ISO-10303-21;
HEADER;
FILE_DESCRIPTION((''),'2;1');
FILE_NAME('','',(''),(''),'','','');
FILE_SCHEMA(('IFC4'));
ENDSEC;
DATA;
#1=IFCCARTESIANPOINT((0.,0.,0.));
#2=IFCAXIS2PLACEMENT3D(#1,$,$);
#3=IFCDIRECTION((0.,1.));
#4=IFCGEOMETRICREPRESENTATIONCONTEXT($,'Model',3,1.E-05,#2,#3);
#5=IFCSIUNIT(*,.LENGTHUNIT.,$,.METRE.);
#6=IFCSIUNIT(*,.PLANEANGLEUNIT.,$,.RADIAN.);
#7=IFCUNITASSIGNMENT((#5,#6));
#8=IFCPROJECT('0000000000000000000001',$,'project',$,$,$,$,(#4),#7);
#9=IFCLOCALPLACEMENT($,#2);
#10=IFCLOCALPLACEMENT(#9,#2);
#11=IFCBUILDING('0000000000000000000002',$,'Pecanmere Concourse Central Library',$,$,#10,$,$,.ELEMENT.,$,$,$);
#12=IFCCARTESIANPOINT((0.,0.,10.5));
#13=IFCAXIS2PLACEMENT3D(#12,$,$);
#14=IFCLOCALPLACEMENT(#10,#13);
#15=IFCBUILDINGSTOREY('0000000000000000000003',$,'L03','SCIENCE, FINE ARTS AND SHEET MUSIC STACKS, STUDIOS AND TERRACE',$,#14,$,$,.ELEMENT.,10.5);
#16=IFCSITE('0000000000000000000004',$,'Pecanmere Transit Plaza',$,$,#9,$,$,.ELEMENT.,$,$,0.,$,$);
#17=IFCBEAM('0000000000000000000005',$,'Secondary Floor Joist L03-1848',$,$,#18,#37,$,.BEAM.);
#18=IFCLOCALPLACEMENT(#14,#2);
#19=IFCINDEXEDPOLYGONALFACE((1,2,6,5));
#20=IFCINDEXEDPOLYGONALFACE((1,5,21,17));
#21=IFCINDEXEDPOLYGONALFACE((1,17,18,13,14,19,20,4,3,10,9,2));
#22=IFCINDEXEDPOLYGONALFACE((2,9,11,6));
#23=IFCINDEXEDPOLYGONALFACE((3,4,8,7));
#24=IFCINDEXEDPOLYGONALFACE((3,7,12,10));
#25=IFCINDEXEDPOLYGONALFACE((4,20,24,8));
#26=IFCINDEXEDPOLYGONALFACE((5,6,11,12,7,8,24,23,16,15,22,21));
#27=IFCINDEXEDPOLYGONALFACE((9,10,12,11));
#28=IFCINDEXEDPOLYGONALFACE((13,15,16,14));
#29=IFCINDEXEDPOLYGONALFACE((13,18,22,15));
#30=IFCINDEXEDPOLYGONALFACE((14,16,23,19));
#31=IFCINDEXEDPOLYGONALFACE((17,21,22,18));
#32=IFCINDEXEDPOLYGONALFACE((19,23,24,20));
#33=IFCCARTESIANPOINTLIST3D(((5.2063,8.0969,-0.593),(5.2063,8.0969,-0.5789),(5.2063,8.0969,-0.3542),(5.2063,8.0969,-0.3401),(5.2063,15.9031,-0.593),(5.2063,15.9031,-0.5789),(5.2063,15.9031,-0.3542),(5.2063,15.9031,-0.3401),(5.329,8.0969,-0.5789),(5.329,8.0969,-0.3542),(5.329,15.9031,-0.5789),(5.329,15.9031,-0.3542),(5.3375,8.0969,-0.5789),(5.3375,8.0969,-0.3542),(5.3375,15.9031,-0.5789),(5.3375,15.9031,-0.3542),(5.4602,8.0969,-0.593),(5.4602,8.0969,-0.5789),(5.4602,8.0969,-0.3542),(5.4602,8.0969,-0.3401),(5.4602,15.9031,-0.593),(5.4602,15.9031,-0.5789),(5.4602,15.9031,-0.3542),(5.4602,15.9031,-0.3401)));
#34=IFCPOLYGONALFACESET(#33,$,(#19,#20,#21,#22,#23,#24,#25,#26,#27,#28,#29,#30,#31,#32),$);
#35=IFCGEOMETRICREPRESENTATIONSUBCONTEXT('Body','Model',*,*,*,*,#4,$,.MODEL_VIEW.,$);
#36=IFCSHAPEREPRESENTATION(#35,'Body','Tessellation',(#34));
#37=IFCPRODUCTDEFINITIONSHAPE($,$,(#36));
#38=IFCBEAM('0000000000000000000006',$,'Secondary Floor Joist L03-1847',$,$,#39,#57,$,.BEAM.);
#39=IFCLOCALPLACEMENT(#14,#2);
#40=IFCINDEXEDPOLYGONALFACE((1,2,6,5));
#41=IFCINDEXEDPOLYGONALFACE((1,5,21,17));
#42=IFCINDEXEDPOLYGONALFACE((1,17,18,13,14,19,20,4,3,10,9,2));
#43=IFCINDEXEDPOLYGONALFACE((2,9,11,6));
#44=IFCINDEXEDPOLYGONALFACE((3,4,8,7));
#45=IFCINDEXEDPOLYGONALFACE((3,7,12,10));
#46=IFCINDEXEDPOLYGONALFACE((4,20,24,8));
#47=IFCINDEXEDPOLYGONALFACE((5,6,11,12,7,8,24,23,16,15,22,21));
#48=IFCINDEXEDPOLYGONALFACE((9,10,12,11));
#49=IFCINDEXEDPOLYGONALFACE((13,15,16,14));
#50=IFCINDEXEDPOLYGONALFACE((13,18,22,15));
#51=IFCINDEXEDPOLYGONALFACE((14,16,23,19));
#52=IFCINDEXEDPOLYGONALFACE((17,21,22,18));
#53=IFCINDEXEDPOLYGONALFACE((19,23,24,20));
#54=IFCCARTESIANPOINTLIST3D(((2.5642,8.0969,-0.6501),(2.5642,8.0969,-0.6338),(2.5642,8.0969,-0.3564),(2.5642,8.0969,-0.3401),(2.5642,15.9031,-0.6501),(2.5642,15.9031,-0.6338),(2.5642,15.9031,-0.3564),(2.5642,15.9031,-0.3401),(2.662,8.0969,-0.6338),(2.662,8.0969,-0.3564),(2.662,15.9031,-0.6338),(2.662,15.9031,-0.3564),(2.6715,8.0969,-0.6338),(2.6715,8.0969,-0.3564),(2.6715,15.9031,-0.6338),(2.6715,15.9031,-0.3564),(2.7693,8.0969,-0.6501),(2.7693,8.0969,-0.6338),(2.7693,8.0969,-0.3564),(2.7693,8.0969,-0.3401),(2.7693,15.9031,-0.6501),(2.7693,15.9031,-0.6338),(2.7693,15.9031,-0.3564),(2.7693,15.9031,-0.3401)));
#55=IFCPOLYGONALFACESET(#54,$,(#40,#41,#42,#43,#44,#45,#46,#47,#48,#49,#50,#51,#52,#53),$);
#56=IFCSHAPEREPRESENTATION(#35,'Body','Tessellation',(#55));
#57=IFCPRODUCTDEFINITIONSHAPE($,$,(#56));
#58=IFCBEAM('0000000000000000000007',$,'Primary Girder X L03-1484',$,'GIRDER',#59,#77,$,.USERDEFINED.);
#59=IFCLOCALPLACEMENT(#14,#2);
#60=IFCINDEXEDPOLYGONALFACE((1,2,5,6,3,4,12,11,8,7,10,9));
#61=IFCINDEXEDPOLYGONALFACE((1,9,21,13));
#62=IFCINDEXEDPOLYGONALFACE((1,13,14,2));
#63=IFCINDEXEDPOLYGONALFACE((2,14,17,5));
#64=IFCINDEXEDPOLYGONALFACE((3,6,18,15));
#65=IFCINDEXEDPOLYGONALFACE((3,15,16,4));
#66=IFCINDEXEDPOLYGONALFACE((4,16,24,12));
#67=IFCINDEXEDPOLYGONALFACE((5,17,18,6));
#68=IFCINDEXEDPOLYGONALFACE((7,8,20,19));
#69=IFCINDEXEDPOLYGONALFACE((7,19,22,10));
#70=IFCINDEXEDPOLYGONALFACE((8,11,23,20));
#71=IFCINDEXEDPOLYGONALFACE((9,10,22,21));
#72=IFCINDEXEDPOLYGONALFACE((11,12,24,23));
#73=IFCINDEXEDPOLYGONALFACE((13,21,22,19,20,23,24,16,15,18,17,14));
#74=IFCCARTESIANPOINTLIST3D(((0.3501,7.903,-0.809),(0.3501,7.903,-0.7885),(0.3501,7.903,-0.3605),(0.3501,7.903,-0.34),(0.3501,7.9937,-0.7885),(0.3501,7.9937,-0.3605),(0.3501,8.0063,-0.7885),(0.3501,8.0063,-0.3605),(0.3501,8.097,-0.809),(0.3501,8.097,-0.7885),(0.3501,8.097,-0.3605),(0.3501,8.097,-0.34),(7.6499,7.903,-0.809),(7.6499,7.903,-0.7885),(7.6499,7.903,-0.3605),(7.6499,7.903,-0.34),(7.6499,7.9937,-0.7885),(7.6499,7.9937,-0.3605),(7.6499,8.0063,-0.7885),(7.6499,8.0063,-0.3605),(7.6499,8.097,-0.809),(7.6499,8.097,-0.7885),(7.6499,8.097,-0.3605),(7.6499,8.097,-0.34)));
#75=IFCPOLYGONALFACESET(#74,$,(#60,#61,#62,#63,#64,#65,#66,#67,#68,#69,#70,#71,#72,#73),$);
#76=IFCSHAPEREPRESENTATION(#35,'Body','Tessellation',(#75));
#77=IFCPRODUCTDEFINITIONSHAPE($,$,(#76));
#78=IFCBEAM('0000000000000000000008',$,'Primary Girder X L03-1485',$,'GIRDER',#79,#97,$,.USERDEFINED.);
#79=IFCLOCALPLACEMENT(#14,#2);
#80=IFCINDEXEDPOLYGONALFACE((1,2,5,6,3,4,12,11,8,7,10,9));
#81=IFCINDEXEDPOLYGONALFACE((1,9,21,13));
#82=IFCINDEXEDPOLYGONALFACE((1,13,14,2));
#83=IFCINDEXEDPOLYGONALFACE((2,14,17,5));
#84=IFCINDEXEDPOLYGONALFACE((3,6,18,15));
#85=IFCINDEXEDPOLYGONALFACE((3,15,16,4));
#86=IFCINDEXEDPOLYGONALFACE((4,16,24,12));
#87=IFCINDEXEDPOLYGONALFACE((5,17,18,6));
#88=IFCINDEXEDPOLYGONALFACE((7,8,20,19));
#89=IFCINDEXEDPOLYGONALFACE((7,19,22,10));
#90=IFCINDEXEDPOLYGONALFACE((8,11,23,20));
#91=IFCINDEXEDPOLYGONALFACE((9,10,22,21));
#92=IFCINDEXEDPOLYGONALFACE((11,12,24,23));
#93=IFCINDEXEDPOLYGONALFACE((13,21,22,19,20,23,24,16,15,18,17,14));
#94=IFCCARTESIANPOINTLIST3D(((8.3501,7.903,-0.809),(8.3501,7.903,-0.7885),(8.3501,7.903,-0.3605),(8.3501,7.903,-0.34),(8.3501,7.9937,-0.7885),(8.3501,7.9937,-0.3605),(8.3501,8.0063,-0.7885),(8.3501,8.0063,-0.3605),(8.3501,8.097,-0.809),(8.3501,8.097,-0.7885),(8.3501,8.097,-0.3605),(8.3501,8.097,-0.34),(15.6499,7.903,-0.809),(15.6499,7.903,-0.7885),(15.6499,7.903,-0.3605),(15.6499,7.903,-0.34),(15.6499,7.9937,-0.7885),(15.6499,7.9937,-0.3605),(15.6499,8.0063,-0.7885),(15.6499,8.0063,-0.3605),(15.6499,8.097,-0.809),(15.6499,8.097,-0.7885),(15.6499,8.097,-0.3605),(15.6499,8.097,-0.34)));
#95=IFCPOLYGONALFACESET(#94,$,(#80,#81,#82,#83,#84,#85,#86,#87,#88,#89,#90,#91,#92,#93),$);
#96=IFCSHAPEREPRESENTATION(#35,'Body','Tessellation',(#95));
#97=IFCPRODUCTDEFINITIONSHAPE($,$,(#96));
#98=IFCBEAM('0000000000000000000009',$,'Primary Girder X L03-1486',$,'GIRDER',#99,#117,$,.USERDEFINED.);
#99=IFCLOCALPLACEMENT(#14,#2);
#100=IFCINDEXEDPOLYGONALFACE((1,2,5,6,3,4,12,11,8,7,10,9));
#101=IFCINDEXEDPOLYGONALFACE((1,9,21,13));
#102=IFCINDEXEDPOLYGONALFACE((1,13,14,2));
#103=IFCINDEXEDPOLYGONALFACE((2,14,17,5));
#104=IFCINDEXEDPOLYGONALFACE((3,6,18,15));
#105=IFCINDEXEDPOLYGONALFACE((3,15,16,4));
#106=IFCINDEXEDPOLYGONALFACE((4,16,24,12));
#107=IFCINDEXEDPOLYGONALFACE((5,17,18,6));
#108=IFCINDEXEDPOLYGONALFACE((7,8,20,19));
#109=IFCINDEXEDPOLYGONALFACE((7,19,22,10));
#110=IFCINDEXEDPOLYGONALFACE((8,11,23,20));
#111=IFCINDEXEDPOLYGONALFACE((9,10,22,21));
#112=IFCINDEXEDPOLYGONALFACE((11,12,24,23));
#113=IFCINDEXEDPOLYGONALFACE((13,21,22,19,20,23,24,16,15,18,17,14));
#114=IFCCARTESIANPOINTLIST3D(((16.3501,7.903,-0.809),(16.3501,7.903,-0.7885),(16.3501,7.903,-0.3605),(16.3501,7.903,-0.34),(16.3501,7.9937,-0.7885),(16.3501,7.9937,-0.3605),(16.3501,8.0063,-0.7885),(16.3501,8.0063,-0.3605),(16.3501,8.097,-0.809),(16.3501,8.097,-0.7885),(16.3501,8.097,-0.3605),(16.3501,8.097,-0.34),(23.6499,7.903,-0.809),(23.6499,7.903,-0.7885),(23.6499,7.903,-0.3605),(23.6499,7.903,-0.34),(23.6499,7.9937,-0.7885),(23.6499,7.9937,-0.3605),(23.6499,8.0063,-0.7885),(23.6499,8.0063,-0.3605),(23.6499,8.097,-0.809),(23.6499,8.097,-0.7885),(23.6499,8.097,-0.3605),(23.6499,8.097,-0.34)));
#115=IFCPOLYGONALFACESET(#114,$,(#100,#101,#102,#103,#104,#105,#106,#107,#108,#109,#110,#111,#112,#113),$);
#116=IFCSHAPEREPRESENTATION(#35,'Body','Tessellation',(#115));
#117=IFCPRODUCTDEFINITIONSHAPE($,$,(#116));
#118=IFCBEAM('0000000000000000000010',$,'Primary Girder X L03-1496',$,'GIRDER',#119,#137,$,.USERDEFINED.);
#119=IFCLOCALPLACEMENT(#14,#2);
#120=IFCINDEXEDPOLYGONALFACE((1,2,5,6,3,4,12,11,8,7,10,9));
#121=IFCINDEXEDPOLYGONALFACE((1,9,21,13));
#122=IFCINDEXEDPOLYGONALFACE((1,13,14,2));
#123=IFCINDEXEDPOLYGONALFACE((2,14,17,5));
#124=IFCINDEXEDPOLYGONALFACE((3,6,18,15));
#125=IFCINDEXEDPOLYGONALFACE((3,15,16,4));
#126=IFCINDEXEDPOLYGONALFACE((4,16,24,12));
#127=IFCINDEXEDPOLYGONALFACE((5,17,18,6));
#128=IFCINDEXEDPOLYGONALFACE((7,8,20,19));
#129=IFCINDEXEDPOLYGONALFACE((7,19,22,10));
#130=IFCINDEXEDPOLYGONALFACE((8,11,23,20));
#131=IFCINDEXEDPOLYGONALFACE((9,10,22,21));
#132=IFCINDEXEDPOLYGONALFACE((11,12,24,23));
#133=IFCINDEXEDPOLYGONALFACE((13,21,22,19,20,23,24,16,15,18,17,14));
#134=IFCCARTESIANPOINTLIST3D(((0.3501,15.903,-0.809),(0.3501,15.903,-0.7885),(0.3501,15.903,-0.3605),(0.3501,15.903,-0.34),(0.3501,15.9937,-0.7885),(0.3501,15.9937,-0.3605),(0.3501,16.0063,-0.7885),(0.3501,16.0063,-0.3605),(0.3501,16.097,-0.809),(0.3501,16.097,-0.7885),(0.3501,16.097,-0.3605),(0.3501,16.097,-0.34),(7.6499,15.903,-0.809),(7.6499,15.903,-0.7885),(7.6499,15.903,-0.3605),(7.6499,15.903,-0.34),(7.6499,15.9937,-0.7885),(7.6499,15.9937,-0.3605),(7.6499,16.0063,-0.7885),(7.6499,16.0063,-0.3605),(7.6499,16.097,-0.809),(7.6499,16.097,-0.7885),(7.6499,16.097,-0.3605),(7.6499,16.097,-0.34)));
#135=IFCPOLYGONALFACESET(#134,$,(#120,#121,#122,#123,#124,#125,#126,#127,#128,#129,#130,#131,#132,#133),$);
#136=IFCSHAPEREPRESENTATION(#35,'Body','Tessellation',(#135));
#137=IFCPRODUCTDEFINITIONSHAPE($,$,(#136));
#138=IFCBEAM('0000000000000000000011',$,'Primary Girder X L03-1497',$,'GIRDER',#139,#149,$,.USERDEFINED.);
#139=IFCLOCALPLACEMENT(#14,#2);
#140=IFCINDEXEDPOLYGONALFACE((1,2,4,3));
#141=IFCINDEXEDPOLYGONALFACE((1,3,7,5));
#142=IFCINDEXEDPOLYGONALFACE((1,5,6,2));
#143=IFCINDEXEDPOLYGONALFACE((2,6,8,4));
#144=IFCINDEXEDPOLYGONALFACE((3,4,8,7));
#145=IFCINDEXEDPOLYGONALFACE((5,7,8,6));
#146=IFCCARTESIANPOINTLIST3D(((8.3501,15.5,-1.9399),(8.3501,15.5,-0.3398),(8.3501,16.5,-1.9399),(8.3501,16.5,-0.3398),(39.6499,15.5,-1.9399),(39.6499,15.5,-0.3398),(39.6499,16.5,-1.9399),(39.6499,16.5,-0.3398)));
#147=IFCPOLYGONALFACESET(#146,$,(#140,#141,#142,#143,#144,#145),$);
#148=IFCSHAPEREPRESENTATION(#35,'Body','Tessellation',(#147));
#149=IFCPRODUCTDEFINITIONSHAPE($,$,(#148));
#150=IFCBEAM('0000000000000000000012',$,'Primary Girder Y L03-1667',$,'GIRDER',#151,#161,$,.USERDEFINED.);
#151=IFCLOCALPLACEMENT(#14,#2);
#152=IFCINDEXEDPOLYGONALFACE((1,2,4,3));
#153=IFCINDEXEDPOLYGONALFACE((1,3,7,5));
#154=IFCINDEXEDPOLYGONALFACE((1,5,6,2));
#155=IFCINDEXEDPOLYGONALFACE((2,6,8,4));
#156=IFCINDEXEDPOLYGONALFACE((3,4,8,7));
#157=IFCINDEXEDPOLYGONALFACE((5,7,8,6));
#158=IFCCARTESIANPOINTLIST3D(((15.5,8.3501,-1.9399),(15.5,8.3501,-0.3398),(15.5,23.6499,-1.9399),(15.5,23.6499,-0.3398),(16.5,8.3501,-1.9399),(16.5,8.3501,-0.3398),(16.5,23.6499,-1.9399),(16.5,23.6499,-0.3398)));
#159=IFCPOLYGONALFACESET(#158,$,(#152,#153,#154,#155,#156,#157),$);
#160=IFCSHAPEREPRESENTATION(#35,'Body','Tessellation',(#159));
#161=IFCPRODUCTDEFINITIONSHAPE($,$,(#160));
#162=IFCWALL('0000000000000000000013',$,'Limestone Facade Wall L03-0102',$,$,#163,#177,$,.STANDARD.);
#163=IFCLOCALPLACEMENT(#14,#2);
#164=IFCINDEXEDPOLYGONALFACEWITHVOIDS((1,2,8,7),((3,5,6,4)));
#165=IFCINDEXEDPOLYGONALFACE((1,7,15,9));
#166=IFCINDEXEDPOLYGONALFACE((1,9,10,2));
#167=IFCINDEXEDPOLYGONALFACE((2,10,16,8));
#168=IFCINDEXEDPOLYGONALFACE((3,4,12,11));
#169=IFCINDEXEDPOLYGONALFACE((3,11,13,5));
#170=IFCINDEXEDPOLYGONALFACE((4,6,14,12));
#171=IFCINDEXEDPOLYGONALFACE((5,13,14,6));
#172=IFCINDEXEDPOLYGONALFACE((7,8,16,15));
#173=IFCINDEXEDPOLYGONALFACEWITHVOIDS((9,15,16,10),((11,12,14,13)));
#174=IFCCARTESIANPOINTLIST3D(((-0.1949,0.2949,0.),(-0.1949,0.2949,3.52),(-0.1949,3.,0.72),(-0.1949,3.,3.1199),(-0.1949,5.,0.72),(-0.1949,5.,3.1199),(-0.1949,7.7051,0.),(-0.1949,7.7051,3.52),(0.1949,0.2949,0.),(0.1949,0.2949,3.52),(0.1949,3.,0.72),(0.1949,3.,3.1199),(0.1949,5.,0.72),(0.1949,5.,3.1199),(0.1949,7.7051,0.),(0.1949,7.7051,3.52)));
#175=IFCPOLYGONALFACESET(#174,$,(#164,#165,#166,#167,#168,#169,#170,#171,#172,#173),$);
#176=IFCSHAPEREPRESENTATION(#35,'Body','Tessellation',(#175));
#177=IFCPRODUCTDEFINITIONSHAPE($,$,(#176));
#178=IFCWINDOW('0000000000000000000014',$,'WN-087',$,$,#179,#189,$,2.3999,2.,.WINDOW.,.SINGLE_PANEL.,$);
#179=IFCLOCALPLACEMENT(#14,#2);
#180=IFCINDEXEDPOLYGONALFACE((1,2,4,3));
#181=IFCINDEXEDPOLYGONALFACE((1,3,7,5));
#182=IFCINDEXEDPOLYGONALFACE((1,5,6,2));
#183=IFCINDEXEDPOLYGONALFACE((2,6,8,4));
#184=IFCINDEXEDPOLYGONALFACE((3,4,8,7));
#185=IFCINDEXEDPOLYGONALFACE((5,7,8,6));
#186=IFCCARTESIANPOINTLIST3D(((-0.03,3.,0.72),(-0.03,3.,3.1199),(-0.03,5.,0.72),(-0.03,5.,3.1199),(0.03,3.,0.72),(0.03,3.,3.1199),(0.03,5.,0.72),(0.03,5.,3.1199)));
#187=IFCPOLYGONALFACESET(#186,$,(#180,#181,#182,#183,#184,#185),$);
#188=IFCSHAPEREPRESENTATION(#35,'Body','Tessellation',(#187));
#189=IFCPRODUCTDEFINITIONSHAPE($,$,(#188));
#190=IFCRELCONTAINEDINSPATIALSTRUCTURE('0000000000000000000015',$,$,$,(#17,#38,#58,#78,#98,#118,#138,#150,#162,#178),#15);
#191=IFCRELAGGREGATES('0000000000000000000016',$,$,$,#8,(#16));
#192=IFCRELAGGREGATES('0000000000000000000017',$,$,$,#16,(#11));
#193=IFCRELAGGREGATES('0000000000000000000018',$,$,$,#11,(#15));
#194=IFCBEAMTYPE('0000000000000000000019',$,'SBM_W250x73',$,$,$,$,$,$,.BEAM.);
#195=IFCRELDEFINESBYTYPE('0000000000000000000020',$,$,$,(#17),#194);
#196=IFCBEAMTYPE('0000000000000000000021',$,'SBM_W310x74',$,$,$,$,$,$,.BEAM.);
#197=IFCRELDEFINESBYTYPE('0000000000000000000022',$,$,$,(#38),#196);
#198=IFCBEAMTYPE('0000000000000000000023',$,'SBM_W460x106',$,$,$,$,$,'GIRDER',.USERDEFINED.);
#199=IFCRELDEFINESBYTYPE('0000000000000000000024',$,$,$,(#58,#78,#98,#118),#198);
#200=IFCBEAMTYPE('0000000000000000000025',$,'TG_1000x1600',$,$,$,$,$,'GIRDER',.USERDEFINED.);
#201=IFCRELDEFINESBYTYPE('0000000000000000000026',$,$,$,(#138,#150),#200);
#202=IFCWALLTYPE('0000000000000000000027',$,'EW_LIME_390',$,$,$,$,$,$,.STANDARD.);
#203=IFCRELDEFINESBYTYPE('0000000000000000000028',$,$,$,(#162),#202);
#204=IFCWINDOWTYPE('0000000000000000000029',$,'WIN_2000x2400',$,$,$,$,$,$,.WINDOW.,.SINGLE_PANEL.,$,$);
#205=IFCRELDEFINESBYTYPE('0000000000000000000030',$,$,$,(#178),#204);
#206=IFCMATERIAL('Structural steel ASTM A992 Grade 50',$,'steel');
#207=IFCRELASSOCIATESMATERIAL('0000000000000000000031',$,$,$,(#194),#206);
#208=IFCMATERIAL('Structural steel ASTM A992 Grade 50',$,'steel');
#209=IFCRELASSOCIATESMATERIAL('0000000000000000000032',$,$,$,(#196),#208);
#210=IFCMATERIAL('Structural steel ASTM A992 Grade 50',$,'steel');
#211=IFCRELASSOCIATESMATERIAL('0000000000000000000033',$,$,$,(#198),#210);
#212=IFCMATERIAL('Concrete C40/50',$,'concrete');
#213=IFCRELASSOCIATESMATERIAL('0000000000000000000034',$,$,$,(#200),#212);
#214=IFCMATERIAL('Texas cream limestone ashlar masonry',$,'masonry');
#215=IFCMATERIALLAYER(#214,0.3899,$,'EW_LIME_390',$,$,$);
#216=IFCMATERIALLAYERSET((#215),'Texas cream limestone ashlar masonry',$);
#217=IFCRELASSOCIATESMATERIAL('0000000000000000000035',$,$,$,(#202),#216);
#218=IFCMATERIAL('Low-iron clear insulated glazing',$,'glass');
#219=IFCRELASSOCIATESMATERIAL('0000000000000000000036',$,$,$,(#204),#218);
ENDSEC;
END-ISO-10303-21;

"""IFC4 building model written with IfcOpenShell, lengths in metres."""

from ifc_helpers import new_model, si_unit, direction, frame, frame_2d, origin, origin_2d, place, context, subcontext, project, spatial, rectangle, i_section, extrude, material, layer, layer_set, material_profile, profile_set, type_object, element, fill, save


model = new_model("IFC4")

# Units and contexts
model_context = context("Model", 3, precision=1e-05, world=origin(), true_north=direction((0.0, 1.0)))
body_context = subcontext(model_context, "Body", "Model", "MODEL_VIEW")
ifc_project = project(units=[si_unit("LENGTHUNIT", "METRE"), si_unit("PLANEANGLEUNIT", "RADIAN")], contexts=[model_context])

# Site, building, storey
site_placement = place(None, origin())
site = spatial("IfcSite", under=ifc_project, at=site_placement, Name="Pecanmere Transit Plaza", CompositionType="ELEMENT", RefElevation=0.0)
building_placement = place(site_placement, origin())
building = spatial("IfcBuilding", under=site, at=building_placement, Name="Pecanmere Concourse Central Library", CompositionType="ELEMENT")
storey_placement = place(building_placement, frame((0.0, 0.0, 10.5)))
storey = spatial("IfcBuildingStorey", under=building, at=storey_placement, Name="L03", Description="SCIENCE, FINE ARTS AND SHEET MUSIC STACKS, STUDIOS AND TERRACE", CompositionType="ELEMENT", Elevation=10.5)

# Beams
ifc_material_1 = material(Name="Structural steel ASTM A992 Grade 50", Category="steel")
ifc_material_profile_1 = material_profile(ifc_material_1, i_section(OverallWidth=0.2539, OverallDepth=0.2529, WebThickness=0.0085, FlangeThickness=0.0142, at=origin_2d()), Name="W250x73")
ifc_profile_set_1 = profile_set([ifc_material_profile_1], Name="Structural steel ASTM A992 Grade 50")
beam_type_1 = type_object("IfcBeamType", Name="SBM_W250x73", PredefinedType="BEAM", material=ifc_profile_set_1)
beam_1_placement = place(storey_placement, frame((5.3333, 8.0969, -0.4666), z_axis=(0.0, 1.0, 0.0), x_axis=(-1.0, 0.0, 0.0)))
element("IfcBeam", 1, at=beam_1_placement, inside=storey, type_object=beam_type_1, Name="Secondary Floor Joist L03-1848", PredefinedType="BEAM", context=body_context, shape_type="SweptSolid", body=[
    extrude(i_section(OverallWidth=0.2539, OverallDepth=0.2529, WebThickness=0.0085, FlangeThickness=0.0142, at=origin_2d()), origin(), (0.0, 0.0, 1.0), 7.8062),
])
ifc_material_2 = material(Name="Structural steel ASTM A992 Grade 50", Category="steel")
ifc_material_profile_2 = material_profile(ifc_material_2, i_section(OverallWidth=0.2051, OverallDepth=0.3101, WebThickness=0.0095, FlangeThickness=0.0164, at=origin_2d()), Name="W310x74")
ifc_profile_set_2 = profile_set([ifc_material_profile_2], Name="Structural steel ASTM A992 Grade 50")
beam_type_2 = type_object("IfcBeamType", Name="SBM_W310x74", PredefinedType="BEAM", material=ifc_profile_set_2)
beam_2_placement = place(storey_placement, frame((2.6667, 8.0969, -0.4951), z_axis=(0.0, 1.0, 0.0), x_axis=(-1.0, 0.0, 0.0)))
element("IfcBeam", 2, at=beam_2_placement, inside=storey, type_object=beam_type_2, Name="Secondary Floor Joist L03-1847", PredefinedType="BEAM", context=body_context, shape_type="SweptSolid", body=[
    extrude(i_section(OverallWidth=0.2051, OverallDepth=0.3101, WebThickness=0.0095, FlangeThickness=0.0164, at=origin_2d()), origin(), (0.0, 0.0, 1.0), 7.8062),
])
ifc_material_3 = material(Name="Structural steel ASTM A992 Grade 50", Category="steel")
ifc_material_profile_3 = material_profile(ifc_material_3, i_section(OverallWidth=0.1941, OverallDepth=0.469, WebThickness=0.0127, FlangeThickness=0.0205, at=origin_2d()), Name="W460x106")
ifc_profile_set_3 = profile_set([ifc_material_profile_3], Name="Structural steel ASTM A992 Grade 50")
beam_type_3 = type_object("IfcBeamType", Name="SBM_W460x106", ElementType="GIRDER", PredefinedType="USERDEFINED", material=ifc_profile_set_3)
for number, where, z_axis, x_axis, name in (
    (3, (0.3501, 8.0, -0.5745), (1.0, 0.0, 0.0), (0.0, 1.0, 0.0), "Primary Girder X L03-1484"),
    (4, (8.3501, 8.0, -0.5745), (1.0, 0.0, 0.0), (0.0, 1.0, 0.0), "Primary Girder X L03-1485"),
    (5, (16.3501, 8.0, -0.5745), (1.0, 0.0, 0.0), (0.0, 1.0, 0.0), "Primary Girder X L03-1486"),
    (6, (0.3501, 16.0, -0.5745), (1.0, 0.0, 0.0), (0.0, 1.0, 0.0), "Primary Girder X L03-1496"),
):
    element("IfcBeam", number, at=place(storey_placement, frame(where, z_axis=z_axis, x_axis=x_axis)), inside=storey, type_object=beam_type_3, Name=name, ObjectType="GIRDER", PredefinedType="USERDEFINED", context=body_context, shape_type="SweptSolid", body=[
        extrude(i_section(OverallWidth=0.1941, OverallDepth=0.469, WebThickness=0.0127, FlangeThickness=0.0205, at=origin_2d()), origin(), (0.0, 0.0, 1.0), 7.2998),
    ])
ifc_material_4 = material(Name="Concrete C40/50", Category="concrete")
ifc_material_profile_4 = material_profile(ifc_material_4, rectangle(XDim=1.0, YDim=1.6001, at=origin_2d()), Name="RC 1000x1600")
ifc_profile_set_4 = profile_set([ifc_material_profile_4], Name="Concrete C40/50")
beam_type_4 = type_object("IfcBeamType", Name="TG_1000x1600", ElementType="GIRDER", PredefinedType="USERDEFINED", material=ifc_profile_set_4)
beam_3_placement = place(storey_placement, frame((8.3501, 16.0, -1.1399), z_axis=(1.0, 0.0, 0.0), x_axis=(0.0, 1.0, 0.0)))
element("IfcBeam", 7, at=beam_3_placement, inside=storey, type_object=beam_type_4, Name="Primary Girder X L03-1497", ObjectType="GIRDER", PredefinedType="USERDEFINED", context=body_context, shape_type="SweptSolid", body=[
    extrude(rectangle(XDim=1.0, YDim=1.6001, at=origin_2d()), origin(), (0.0, 0.0, 1.0), 31.2998),
])
beam_4_placement = place(storey_placement, frame((16.0, 8.3501, -1.1399), z_axis=(0.0, 1.0, 0.0), x_axis=(-1.0, 0.0, 0.0)))
element("IfcBeam", 8, at=beam_4_placement, inside=storey, type_object=beam_type_4, Name="Primary Girder Y L03-1667", ObjectType="GIRDER", PredefinedType="USERDEFINED", context=body_context, shape_type="SweptSolid", body=[
    extrude(rectangle(XDim=1.0, YDim=1.6001, at=origin_2d()), origin(), (0.0, 0.0, 1.0), 15.2998),
])

# Wall, opening, window
ifc_material_5 = material(Name="Texas cream limestone ashlar masonry", Category="masonry")
ifc_layer = layer(ifc_material_5, 0.3899, Name="EW_LIME_390")
ifc_layer_set = layer_set([ifc_layer], Name="Texas cream limestone ashlar masonry")
wall_type = type_object("IfcWallType", Name="EW_LIME_390", PredefinedType="STANDARD", material=ifc_layer_set)
wall_1_placement = place(storey_placement, frame((0.0, 7.7051, 0.0), z_axis=(0.0, 0.0, 1.0), x_axis=(0.0, -1.0, 0.0)))
wall_1 = element("IfcWall", 9, at=wall_1_placement, inside=storey, type_object=wall_type, Name="Limestone Facade Wall L03-0102", PredefinedType="STANDARD", context=body_context, shape_type="SweptSolid", body=[
    extrude(rectangle(XDim=7.4102, YDim=0.3899, at=frame_2d((3.7051, 0.0))), origin(), (0.0, 0.0, 1.0), 3.52),
])
opening_1_placement = place(wall_1_placement, frame((2.7051, 0.0, 0.72)))
opening_1 = element("IfcOpeningElement", 10, at=opening_1_placement, cuts=wall_1, PredefinedType="OPENING", context=body_context, shape_type="SweptSolid", body=[
    extrude(rectangle(XDim=2.0, YDim=2.3999, at=frame_2d((1.0, 1.2))), frame((0.0, 0.207, 0.0), z_axis=(0.0, -1.0, 0.0), x_axis=(1.0, 0.0, 0.0)), (0.0, 0.0, 1.0), 0.4138),
])
ifc_material_6 = material(Name="Low-iron clear insulated glazing", Category="glass")
window_type_1 = type_object("IfcWindowType", Name="WIN_2000x2400", PartitioningType="SINGLE_PANEL", PredefinedType="WINDOW", material=ifc_material_6)
window_1_placement = place(opening_1_placement, origin())
window_1 = element("IfcWindow", 11, at=window_1_placement, inside=storey, type_object=window_type_1, Name="WN-087", OverallHeight=2.3999, OverallWidth=2.0, PartitioningType="SINGLE_PANEL", PredefinedType="WINDOW", context=body_context, shape_type="SweptSolid", body=[
    extrude(rectangle(XDim=2.0, YDim=2.3999, at=frame_2d((1.0, 1.2))), frame((0.0, 0.03, 0.0), z_axis=(0.0, -1.0, 0.0), x_axis=(1.0, 0.0, 0.0)), (0.0, 0.0, 1.0), 0.0601),
])
fill(opening_1, window_1)

save(model, "model.ifc")
